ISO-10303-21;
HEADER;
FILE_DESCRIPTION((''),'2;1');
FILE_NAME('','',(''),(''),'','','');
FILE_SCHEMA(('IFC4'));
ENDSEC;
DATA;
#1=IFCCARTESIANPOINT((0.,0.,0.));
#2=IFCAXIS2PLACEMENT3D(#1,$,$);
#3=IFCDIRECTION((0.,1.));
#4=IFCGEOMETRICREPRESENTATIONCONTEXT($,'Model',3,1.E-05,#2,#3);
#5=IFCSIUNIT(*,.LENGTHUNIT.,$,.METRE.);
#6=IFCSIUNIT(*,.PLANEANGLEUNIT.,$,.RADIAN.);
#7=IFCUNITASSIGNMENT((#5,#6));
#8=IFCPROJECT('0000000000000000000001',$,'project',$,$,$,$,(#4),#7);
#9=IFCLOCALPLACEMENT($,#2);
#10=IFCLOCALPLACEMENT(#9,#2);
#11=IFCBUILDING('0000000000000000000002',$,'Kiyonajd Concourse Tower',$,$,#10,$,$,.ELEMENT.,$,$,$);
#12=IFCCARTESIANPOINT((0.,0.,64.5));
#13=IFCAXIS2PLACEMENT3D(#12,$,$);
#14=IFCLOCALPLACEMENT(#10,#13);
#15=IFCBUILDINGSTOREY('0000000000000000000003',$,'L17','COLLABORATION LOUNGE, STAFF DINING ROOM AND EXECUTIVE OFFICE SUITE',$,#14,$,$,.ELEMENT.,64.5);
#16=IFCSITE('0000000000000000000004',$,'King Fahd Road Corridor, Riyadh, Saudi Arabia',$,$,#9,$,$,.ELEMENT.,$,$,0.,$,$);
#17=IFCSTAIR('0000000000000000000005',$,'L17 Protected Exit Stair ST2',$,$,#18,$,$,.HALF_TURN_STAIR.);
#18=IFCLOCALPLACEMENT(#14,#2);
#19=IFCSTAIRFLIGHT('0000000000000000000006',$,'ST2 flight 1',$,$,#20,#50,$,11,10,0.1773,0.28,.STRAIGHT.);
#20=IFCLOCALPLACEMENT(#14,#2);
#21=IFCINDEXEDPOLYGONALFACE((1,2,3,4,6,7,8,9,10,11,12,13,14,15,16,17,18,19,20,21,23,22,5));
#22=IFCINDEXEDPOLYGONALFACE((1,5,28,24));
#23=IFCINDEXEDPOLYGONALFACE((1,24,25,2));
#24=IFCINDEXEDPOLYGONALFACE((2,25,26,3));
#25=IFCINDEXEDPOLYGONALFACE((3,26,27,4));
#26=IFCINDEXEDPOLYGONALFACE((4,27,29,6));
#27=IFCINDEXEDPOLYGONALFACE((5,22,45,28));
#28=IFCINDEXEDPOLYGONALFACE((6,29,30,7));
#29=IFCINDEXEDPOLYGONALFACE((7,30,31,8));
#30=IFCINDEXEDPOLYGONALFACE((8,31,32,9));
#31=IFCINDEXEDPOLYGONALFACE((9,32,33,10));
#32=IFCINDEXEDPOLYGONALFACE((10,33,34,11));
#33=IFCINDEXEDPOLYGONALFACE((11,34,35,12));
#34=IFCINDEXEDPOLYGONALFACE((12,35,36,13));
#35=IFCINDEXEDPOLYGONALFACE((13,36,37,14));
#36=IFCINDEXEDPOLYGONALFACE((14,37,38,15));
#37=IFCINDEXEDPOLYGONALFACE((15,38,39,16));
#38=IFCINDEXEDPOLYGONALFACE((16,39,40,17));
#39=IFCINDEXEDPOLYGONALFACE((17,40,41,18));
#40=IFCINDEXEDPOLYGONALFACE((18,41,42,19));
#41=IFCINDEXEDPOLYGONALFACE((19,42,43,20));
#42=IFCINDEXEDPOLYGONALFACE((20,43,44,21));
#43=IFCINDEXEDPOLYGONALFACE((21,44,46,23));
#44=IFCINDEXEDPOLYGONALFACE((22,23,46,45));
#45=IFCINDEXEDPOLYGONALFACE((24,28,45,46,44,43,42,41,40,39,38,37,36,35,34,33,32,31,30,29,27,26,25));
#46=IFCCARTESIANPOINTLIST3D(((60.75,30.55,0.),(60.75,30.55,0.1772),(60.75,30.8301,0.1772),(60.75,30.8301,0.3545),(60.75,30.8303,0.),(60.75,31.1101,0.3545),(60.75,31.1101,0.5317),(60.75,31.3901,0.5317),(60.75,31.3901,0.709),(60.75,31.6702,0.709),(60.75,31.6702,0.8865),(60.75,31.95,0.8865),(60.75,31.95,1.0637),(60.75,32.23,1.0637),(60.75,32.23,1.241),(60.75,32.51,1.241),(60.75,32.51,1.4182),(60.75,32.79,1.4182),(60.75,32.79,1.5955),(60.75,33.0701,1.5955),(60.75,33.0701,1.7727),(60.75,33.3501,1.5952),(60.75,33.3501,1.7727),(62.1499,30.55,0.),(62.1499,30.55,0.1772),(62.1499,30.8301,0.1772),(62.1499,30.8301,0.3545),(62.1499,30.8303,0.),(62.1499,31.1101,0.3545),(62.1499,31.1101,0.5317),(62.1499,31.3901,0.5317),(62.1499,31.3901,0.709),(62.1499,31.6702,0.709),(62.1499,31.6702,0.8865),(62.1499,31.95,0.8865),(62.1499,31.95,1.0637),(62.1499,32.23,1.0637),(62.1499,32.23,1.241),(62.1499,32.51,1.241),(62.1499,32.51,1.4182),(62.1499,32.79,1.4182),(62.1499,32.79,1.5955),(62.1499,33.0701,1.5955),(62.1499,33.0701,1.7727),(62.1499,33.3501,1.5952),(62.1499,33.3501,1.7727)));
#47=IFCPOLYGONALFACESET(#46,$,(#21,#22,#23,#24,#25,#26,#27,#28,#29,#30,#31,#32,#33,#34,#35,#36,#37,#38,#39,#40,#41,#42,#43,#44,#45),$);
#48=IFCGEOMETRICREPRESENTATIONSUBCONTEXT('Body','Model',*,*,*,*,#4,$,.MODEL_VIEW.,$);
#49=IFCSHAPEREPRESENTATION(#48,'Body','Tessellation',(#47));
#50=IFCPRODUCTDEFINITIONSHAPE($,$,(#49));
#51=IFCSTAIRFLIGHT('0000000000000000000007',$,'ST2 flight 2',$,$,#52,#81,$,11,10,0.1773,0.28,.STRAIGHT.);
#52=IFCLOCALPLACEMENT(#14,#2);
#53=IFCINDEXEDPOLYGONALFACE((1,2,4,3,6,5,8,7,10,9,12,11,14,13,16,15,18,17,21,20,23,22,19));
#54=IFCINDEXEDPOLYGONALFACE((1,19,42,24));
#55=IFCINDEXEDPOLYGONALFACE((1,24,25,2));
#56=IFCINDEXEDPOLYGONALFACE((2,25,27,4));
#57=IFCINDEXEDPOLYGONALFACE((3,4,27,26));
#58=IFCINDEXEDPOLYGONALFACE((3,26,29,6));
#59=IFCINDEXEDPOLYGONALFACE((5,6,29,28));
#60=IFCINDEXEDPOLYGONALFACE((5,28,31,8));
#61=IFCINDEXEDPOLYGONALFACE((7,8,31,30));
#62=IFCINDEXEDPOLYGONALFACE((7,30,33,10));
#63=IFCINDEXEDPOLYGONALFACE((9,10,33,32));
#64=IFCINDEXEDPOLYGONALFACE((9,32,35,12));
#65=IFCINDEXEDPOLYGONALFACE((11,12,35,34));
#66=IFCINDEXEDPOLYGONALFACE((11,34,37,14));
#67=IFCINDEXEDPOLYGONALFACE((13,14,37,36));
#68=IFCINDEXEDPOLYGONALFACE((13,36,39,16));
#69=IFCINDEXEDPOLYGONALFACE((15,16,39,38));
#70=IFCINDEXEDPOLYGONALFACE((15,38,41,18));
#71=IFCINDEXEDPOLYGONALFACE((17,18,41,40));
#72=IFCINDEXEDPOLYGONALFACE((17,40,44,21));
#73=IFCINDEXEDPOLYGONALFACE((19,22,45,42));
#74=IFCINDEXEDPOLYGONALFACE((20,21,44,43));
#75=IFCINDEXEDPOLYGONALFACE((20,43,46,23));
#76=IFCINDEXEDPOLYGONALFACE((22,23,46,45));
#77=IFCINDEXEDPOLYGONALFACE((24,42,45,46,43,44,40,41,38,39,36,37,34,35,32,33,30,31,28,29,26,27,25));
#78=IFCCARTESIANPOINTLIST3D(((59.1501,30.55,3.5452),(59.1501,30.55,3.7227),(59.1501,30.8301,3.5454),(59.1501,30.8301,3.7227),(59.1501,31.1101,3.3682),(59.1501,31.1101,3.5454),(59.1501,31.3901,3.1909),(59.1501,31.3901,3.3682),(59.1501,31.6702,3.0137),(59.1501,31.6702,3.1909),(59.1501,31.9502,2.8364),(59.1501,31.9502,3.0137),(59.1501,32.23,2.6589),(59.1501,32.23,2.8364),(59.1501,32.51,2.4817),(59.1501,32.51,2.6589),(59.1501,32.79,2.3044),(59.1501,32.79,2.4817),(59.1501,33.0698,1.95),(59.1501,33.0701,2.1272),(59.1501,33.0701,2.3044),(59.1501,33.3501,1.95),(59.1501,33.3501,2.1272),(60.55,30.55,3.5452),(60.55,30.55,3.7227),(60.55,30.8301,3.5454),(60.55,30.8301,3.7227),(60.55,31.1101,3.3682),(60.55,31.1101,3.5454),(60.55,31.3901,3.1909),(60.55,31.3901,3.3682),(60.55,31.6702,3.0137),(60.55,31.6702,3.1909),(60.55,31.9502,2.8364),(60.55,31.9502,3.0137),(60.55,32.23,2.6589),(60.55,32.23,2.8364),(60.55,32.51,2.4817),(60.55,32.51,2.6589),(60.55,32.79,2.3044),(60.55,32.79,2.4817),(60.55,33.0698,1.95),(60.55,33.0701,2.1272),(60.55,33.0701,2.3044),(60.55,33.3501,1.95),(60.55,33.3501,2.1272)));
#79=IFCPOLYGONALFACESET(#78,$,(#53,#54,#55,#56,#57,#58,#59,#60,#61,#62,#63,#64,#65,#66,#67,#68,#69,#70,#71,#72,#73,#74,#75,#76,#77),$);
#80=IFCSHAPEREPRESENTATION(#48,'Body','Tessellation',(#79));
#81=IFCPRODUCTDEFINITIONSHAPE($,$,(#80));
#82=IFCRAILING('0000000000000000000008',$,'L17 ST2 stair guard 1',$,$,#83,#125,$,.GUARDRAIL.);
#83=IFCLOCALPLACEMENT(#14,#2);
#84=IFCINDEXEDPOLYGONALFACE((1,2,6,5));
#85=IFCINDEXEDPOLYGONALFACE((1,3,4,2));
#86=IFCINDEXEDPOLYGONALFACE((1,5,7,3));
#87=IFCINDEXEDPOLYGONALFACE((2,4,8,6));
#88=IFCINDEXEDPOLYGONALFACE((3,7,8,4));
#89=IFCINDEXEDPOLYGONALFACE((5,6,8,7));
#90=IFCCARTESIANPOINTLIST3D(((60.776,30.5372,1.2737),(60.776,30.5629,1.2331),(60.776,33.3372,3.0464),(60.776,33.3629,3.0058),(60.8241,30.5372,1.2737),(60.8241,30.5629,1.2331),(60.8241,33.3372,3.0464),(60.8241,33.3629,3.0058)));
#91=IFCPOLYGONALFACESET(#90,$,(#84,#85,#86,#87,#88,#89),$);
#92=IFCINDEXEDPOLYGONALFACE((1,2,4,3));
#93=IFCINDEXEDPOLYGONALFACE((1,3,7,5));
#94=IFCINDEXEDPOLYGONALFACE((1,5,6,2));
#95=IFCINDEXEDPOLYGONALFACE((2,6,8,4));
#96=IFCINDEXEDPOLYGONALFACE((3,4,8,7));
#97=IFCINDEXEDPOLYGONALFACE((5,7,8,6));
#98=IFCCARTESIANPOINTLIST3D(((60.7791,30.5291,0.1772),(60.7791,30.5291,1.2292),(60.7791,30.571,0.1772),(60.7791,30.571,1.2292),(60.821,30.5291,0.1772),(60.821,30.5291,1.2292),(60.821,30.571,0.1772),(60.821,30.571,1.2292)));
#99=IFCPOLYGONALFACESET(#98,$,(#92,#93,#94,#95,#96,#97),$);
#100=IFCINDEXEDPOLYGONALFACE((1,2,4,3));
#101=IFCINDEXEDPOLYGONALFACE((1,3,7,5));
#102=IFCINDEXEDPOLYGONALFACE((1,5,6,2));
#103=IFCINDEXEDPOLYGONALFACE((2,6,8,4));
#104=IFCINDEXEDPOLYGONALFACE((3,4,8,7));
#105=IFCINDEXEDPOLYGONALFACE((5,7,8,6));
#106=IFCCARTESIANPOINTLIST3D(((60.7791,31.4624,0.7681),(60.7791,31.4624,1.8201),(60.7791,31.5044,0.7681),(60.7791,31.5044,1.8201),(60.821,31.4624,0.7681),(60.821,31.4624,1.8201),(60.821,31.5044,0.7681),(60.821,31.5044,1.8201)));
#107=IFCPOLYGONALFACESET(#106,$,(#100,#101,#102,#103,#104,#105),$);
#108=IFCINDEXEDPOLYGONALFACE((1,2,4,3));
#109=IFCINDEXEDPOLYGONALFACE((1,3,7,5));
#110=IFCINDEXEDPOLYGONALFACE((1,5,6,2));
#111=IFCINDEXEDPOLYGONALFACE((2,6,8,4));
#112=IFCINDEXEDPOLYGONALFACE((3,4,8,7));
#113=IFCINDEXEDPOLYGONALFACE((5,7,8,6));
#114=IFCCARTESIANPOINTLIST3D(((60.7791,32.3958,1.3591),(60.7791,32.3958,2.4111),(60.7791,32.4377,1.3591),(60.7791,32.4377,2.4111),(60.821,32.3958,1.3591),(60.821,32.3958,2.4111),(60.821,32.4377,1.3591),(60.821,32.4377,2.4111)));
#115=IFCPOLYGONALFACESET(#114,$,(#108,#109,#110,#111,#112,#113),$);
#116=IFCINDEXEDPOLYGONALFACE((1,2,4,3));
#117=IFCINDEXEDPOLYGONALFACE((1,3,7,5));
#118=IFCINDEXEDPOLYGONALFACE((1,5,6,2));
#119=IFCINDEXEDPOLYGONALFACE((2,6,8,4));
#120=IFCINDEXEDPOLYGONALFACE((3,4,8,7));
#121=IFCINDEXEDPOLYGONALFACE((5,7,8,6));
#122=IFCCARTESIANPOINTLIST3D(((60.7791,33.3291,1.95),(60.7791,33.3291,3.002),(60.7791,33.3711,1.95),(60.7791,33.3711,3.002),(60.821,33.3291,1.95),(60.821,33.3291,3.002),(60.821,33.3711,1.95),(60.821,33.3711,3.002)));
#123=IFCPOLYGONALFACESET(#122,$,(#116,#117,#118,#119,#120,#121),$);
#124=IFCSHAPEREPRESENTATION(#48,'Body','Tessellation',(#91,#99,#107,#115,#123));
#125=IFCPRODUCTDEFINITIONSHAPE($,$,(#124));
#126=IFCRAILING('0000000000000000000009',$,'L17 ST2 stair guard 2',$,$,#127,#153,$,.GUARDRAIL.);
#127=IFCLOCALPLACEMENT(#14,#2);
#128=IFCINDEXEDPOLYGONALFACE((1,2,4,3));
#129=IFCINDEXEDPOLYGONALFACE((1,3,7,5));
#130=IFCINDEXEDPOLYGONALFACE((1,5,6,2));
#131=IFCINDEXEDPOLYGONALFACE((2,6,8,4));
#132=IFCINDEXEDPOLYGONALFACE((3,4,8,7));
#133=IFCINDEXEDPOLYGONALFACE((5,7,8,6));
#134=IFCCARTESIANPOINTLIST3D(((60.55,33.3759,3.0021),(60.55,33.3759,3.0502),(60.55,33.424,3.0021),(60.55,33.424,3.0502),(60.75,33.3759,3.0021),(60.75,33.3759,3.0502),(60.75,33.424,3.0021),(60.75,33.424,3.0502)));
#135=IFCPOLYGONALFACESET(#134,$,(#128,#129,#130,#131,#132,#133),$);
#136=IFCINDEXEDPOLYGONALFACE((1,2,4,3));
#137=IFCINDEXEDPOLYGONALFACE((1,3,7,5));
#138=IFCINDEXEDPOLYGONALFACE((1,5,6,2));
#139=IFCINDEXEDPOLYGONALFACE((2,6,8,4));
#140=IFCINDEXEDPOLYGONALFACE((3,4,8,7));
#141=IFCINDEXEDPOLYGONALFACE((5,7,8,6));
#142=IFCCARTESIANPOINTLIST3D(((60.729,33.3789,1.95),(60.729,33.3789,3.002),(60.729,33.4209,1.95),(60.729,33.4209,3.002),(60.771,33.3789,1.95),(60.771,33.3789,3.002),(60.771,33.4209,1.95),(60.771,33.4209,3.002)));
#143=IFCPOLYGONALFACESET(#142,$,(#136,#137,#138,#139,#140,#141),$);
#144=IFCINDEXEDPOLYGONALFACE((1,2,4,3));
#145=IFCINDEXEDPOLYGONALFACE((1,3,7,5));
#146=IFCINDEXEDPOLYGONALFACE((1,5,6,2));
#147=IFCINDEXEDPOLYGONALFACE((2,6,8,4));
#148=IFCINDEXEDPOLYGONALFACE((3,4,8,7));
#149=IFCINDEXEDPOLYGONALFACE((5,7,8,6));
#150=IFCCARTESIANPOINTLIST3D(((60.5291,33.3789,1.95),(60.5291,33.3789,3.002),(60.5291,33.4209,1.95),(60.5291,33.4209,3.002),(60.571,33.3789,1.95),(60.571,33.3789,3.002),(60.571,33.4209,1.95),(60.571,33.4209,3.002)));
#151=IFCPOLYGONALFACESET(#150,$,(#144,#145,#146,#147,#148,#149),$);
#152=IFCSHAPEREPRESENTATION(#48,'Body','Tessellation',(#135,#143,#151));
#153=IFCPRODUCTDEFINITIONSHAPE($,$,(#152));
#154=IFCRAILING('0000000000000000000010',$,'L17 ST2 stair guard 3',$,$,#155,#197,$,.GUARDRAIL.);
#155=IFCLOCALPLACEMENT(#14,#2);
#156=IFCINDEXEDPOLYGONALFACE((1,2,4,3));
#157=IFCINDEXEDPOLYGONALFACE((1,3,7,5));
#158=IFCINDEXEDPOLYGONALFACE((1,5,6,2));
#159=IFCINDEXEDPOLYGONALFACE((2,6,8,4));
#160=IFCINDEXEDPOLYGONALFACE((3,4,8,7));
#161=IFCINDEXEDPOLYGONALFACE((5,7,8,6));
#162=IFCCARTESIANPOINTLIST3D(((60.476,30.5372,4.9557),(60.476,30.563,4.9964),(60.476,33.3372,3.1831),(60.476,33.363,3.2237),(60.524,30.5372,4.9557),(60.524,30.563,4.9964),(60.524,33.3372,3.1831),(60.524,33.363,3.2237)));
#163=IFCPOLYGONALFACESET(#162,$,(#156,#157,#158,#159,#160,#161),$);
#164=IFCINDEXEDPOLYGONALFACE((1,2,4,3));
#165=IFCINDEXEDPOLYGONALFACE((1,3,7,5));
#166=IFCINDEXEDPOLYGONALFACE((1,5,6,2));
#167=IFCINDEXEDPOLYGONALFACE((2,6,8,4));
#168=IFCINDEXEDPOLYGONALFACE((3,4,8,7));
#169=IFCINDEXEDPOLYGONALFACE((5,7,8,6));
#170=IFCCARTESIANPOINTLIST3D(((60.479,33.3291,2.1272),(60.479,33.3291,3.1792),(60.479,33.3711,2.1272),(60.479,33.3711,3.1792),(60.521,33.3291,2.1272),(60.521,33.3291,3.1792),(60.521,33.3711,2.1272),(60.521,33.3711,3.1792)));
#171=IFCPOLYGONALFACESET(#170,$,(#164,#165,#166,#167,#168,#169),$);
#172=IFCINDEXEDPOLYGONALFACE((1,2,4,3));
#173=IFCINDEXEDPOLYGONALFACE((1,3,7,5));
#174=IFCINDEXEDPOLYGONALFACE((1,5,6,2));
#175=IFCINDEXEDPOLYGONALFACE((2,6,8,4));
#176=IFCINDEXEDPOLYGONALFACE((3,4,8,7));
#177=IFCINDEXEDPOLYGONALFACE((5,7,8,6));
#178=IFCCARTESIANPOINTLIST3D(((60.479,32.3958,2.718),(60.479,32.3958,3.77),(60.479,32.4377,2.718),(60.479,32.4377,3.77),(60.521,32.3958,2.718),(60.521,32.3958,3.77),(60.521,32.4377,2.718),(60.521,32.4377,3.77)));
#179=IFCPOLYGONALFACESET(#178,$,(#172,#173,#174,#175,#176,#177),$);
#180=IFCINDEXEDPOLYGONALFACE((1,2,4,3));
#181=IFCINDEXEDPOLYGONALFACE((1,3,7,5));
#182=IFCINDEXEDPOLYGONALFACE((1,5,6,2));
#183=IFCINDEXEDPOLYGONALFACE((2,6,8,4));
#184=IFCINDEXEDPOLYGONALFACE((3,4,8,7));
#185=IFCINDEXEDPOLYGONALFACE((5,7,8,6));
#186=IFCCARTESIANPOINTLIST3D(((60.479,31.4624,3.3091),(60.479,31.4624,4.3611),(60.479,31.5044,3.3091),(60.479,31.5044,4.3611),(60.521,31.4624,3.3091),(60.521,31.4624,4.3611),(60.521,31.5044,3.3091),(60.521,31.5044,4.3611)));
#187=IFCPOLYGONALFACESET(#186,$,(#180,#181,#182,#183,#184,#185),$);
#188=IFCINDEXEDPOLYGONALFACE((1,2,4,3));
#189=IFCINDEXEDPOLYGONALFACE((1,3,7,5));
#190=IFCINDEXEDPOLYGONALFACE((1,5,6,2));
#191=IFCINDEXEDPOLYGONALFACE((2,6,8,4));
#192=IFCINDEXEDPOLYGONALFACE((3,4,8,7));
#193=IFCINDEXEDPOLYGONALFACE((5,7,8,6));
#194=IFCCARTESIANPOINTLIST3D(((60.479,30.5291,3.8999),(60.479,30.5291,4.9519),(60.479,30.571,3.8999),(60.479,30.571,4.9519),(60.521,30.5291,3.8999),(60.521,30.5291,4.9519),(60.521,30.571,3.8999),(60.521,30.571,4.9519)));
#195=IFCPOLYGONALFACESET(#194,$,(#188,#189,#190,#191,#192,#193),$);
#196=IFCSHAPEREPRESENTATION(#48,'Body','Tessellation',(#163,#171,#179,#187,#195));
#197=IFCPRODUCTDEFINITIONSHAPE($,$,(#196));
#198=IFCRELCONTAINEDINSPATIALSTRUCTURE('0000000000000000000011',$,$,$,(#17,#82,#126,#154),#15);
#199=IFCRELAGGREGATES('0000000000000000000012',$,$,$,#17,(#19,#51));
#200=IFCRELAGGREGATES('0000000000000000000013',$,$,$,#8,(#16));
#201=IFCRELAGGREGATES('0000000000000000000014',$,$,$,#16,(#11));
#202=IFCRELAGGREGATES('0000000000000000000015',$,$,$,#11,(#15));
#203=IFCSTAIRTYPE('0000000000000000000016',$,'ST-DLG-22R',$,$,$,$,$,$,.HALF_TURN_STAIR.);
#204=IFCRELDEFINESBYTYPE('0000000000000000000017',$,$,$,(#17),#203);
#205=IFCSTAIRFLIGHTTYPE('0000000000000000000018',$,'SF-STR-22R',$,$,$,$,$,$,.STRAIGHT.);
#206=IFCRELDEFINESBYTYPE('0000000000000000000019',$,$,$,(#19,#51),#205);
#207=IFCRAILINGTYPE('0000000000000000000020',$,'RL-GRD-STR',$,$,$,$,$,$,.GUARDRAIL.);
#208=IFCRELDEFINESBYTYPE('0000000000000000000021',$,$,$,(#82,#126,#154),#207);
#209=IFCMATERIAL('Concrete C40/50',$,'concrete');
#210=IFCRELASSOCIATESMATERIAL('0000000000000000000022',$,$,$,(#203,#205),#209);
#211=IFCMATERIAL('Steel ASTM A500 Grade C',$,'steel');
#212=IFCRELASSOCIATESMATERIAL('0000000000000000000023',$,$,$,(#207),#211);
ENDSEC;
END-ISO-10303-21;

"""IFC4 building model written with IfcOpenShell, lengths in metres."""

from ifc_helpers import new_model, si_unit, direction, frame, origin, origin_2d, place, context, subcontext, project, spatial, polyline, rectangle, outline, extrude, material, type_object, element, aggregate, save


model = new_model("IFC4")

# Units and contexts
model_context = context("Model", 3, precision=1e-05, world=origin(), true_north=direction((0.0, 1.0)))
body_context = subcontext(model_context, "Body", "Model", "MODEL_VIEW")
ifc_project = project(units=[si_unit("LENGTHUNIT", "METRE"), si_unit("PLANEANGLEUNIT", "RADIAN")], contexts=[model_context])

# Site, building, storey
site_placement = place(None, origin())
site = spatial("IfcSite", under=ifc_project, at=site_placement, Name="King Fahd Road Corridor, Riyadh, Saudi Arabia", CompositionType="ELEMENT", RefElevation=0.0)
building_placement = place(site_placement, origin())
building = spatial("IfcBuilding", under=site, at=building_placement, Name="Kiyonajd Concourse Tower", CompositionType="ELEMENT")
storey_placement = place(building_placement, frame((0.0, 0.0, 64.5)))
storey = spatial("IfcBuildingStorey", under=building, at=storey_placement, Name="L17", Description="COLLABORATION LOUNGE, STAFF DINING ROOM AND EXECUTIVE OFFICE SUITE", CompositionType="ELEMENT", Elevation=64.5)

# Stair, stair flights
ifc_material_1 = material(Name="Concrete C40/50", Category="concrete")
stair_type = type_object("IfcStairType", Name="ST-DLG-22R", PredefinedType="HALF_TURN_STAIR", material=ifc_material_1)
stair_placement = place(storey_placement, origin())
stair = element("IfcStair", 1, at=stair_placement, inside=storey, type_object=stair_type, Name="L17 Protected Exit Stair ST2", PredefinedType="HALF_TURN_STAIR")
stair_flight_type = type_object("IfcStairFlightType", Name="SF-STR-22R", PredefinedType="STRAIGHT", material=ifc_material_1)
stair_flight_1_placement = place(storey_placement, frame((61.45, 30.55, 0.0), z_axis=(0.0, 0.0, 1.0), x_axis=(0.0, 1.0, 0.0)))
stair_flight_1 = element("IfcStairFlight", 2, at=stair_flight_1_placement, type_object=stair_flight_type, Name="ST2 flight 1", NumberOfRisers=11, NumberOfTreads=10, PredefinedType="STRAIGHT", RiserHeight=0.1773, TreadLength=0.28, context=body_context, shape_type="SweptSolid", body=[
    extrude(outline(polyline([(0.0, 0.0), (0.0, 0.1772), (0.28, 0.1772), (0.28, 0.3545), (0.5601, 0.3545), (0.5601, 0.5317), (0.8401, 0.5317), (0.8401, 0.709), (1.1201, 0.709), (1.1201, 0.8865), (1.3999, 0.8865), (1.3999, 1.0637), (1.6799, 1.0637), (1.6799, 1.241), (1.96, 1.241), (1.96, 1.4182), (2.24, 1.4182), (2.24, 1.5955), (2.52, 1.5955), (2.52, 1.7727), (2.8, 1.7727), (2.8, 1.95), (2.8, 1.5952), (0.2803, 0.0), (0.0, 0.0)])), frame((0.0, 0.7, 0.0), z_axis=(0.0, -1.0, 0.0), x_axis=(1.0, 0.0, 0.0)), (0.0, 0.0, 1.0), 1.3999),
])
stair_flight_2_placement = place(storey_placement, frame((59.8501, 33.3501, 1.95), z_axis=(0.0, 0.0, 1.0), x_axis=(0.0, -1.0, 0.0)))
stair_flight_2 = element("IfcStairFlight", 3, at=stair_flight_2_placement, type_object=stair_flight_type, Name="ST2 flight 2", NumberOfRisers=11, NumberOfTreads=10, PredefinedType="STRAIGHT", RiserHeight=0.1773, TreadLength=0.28, context=body_context, shape_type="SweptSolid", body=[
    extrude(outline(polyline([(0.0, 0.0), (0.0, 0.1772), (0.28, 0.1772), (0.28, 0.3545), (0.5601, 0.3545), (0.5601, 0.5317), (0.8401, 0.5317), (0.8401, 0.709), (1.1201, 0.709), (1.1201, 0.8865), (1.3999, 0.8865), (1.3999, 1.0637), (1.6799, 1.0637), (1.6799, 1.241), (1.96, 1.241), (1.96, 1.4182), (2.24, 1.4182), (2.24, 1.5955), (2.52, 1.5955), (2.52, 1.7727), (2.8, 1.7727), (2.8, 1.95), (2.8, 1.5952), (0.2803, 0.0), (0.0, 0.0)])), frame((0.0, 0.7, 0.0), z_axis=(0.0, -1.0, 0.0), x_axis=(1.0, 0.0, 0.0)), (0.0, 0.0, 1.0), 1.3999),
])
aggregate(stair, [stair_flight_1, stair_flight_2])

# Railings
ifc_material_2 = material(Name="Steel ASTM A500 Grade C", Category="steel")
railing_type_1 = type_object("IfcRailingType", Name="RL-GRD-STR", PredefinedType="GUARDRAIL", material=ifc_material_2)
railing_1_placement = place(storey_placement, frame((60.8, 30.55, 0.1772)))
element("IfcRailing", 4, at=railing_1_placement, inside=storey, type_object=railing_type_1, Name="L17 ST2 stair guard 1", PredefinedType="GUARDRAIL", context=body_context, shape_type="SweptSolid", body=[
    extrude(rectangle(XDim=0.0481, YDim=0.0481, at=origin_2d()), frame((0.0, 0.0, 1.0762), z_axis=(0.0, 0.844909, 0.53491), x_axis=(-1.0, 0.0, 0.0)), (0.0, 0.0, 1.0), 3.314),
    extrude(rectangle(XDim=0.042, YDim=0.042, at=origin_2d()), origin(), (0.0, 0.0, 1.0), 1.052),
    extrude(rectangle(XDim=0.042, YDim=0.042, at=origin_2d()), frame((0.0, 0.9333, 0.5908)), (0.0, 0.0, 1.0), 1.052),
    extrude(rectangle(XDim=0.042, YDim=0.042, at=origin_2d()), frame((0.0, 1.8667, 1.1819)), (0.0, 0.0, 1.0), 1.052),
    extrude(rectangle(XDim=0.042, YDim=0.042, at=origin_2d()), frame((0.0, 2.8, 1.7727)), (0.0, 0.0, 1.0), 1.052),
])
railing_2_placement = place(storey_placement, frame((60.75, 33.3999, 1.95)))
element("IfcRailing", 5, at=railing_2_placement, inside=storey, type_object=railing_type_1, Name="L17 ST2 stair guard 2", PredefinedType="GUARDRAIL", context=body_context, shape_type="SweptSolid", body=[
    extrude(rectangle(XDim=0.0481, YDim=0.0481, at=origin_2d()), frame((0.0, 0.0, 1.0762), z_axis=(-1.0, 0.0, 0.0), x_axis=(0.0, -1.0, 0.0)), (0.0, 0.0, 1.0), 0.2),
    extrude(rectangle(XDim=0.042, YDim=0.042, at=origin_2d()), origin(), (0.0, 0.0, 1.0), 1.052),
    extrude(rectangle(XDim=0.042, YDim=0.042, at=origin_2d()), frame((-0.2, 0.0, 0.0)), (0.0, 0.0, 1.0), 1.052),
])
railing_3_placement = place(storey_placement, frame((60.5, 33.3501, 2.1272)))
element("IfcRailing", 6, at=railing_3_placement, inside=storey, type_object=railing_type_1, Name="L17 ST2 stair guard 3", PredefinedType="GUARDRAIL", context=body_context, shape_type="SweptSolid", body=[
    extrude(rectangle(XDim=0.0481, YDim=0.0481, at=origin_2d()), frame((0.0, 0.0, 1.0762), z_axis=(0.0, -0.844909, 0.53491), x_axis=(1.0, 0.0, 0.0)), (0.0, 0.0, 1.0), 3.314),
    extrude(rectangle(XDim=0.042, YDim=0.042, at=origin_2d()), origin(), (0.0, 0.0, 1.0), 1.052),
    extrude(rectangle(XDim=0.042, YDim=0.042, at=origin_2d()), frame((0.0, -0.9333, 0.5908)), (0.0, 0.0, 1.0), 1.052),
    extrude(rectangle(XDim=0.042, YDim=0.042, at=origin_2d()), frame((0.0, -1.8667, 1.1819)), (0.0, 0.0, 1.0), 1.052),
    extrude(rectangle(XDim=0.042, YDim=0.042, at=origin_2d()), frame((0.0, -2.8, 1.7727)), (0.0, 0.0, 1.0), 1.052),
])

save(model, "model.ifc")
